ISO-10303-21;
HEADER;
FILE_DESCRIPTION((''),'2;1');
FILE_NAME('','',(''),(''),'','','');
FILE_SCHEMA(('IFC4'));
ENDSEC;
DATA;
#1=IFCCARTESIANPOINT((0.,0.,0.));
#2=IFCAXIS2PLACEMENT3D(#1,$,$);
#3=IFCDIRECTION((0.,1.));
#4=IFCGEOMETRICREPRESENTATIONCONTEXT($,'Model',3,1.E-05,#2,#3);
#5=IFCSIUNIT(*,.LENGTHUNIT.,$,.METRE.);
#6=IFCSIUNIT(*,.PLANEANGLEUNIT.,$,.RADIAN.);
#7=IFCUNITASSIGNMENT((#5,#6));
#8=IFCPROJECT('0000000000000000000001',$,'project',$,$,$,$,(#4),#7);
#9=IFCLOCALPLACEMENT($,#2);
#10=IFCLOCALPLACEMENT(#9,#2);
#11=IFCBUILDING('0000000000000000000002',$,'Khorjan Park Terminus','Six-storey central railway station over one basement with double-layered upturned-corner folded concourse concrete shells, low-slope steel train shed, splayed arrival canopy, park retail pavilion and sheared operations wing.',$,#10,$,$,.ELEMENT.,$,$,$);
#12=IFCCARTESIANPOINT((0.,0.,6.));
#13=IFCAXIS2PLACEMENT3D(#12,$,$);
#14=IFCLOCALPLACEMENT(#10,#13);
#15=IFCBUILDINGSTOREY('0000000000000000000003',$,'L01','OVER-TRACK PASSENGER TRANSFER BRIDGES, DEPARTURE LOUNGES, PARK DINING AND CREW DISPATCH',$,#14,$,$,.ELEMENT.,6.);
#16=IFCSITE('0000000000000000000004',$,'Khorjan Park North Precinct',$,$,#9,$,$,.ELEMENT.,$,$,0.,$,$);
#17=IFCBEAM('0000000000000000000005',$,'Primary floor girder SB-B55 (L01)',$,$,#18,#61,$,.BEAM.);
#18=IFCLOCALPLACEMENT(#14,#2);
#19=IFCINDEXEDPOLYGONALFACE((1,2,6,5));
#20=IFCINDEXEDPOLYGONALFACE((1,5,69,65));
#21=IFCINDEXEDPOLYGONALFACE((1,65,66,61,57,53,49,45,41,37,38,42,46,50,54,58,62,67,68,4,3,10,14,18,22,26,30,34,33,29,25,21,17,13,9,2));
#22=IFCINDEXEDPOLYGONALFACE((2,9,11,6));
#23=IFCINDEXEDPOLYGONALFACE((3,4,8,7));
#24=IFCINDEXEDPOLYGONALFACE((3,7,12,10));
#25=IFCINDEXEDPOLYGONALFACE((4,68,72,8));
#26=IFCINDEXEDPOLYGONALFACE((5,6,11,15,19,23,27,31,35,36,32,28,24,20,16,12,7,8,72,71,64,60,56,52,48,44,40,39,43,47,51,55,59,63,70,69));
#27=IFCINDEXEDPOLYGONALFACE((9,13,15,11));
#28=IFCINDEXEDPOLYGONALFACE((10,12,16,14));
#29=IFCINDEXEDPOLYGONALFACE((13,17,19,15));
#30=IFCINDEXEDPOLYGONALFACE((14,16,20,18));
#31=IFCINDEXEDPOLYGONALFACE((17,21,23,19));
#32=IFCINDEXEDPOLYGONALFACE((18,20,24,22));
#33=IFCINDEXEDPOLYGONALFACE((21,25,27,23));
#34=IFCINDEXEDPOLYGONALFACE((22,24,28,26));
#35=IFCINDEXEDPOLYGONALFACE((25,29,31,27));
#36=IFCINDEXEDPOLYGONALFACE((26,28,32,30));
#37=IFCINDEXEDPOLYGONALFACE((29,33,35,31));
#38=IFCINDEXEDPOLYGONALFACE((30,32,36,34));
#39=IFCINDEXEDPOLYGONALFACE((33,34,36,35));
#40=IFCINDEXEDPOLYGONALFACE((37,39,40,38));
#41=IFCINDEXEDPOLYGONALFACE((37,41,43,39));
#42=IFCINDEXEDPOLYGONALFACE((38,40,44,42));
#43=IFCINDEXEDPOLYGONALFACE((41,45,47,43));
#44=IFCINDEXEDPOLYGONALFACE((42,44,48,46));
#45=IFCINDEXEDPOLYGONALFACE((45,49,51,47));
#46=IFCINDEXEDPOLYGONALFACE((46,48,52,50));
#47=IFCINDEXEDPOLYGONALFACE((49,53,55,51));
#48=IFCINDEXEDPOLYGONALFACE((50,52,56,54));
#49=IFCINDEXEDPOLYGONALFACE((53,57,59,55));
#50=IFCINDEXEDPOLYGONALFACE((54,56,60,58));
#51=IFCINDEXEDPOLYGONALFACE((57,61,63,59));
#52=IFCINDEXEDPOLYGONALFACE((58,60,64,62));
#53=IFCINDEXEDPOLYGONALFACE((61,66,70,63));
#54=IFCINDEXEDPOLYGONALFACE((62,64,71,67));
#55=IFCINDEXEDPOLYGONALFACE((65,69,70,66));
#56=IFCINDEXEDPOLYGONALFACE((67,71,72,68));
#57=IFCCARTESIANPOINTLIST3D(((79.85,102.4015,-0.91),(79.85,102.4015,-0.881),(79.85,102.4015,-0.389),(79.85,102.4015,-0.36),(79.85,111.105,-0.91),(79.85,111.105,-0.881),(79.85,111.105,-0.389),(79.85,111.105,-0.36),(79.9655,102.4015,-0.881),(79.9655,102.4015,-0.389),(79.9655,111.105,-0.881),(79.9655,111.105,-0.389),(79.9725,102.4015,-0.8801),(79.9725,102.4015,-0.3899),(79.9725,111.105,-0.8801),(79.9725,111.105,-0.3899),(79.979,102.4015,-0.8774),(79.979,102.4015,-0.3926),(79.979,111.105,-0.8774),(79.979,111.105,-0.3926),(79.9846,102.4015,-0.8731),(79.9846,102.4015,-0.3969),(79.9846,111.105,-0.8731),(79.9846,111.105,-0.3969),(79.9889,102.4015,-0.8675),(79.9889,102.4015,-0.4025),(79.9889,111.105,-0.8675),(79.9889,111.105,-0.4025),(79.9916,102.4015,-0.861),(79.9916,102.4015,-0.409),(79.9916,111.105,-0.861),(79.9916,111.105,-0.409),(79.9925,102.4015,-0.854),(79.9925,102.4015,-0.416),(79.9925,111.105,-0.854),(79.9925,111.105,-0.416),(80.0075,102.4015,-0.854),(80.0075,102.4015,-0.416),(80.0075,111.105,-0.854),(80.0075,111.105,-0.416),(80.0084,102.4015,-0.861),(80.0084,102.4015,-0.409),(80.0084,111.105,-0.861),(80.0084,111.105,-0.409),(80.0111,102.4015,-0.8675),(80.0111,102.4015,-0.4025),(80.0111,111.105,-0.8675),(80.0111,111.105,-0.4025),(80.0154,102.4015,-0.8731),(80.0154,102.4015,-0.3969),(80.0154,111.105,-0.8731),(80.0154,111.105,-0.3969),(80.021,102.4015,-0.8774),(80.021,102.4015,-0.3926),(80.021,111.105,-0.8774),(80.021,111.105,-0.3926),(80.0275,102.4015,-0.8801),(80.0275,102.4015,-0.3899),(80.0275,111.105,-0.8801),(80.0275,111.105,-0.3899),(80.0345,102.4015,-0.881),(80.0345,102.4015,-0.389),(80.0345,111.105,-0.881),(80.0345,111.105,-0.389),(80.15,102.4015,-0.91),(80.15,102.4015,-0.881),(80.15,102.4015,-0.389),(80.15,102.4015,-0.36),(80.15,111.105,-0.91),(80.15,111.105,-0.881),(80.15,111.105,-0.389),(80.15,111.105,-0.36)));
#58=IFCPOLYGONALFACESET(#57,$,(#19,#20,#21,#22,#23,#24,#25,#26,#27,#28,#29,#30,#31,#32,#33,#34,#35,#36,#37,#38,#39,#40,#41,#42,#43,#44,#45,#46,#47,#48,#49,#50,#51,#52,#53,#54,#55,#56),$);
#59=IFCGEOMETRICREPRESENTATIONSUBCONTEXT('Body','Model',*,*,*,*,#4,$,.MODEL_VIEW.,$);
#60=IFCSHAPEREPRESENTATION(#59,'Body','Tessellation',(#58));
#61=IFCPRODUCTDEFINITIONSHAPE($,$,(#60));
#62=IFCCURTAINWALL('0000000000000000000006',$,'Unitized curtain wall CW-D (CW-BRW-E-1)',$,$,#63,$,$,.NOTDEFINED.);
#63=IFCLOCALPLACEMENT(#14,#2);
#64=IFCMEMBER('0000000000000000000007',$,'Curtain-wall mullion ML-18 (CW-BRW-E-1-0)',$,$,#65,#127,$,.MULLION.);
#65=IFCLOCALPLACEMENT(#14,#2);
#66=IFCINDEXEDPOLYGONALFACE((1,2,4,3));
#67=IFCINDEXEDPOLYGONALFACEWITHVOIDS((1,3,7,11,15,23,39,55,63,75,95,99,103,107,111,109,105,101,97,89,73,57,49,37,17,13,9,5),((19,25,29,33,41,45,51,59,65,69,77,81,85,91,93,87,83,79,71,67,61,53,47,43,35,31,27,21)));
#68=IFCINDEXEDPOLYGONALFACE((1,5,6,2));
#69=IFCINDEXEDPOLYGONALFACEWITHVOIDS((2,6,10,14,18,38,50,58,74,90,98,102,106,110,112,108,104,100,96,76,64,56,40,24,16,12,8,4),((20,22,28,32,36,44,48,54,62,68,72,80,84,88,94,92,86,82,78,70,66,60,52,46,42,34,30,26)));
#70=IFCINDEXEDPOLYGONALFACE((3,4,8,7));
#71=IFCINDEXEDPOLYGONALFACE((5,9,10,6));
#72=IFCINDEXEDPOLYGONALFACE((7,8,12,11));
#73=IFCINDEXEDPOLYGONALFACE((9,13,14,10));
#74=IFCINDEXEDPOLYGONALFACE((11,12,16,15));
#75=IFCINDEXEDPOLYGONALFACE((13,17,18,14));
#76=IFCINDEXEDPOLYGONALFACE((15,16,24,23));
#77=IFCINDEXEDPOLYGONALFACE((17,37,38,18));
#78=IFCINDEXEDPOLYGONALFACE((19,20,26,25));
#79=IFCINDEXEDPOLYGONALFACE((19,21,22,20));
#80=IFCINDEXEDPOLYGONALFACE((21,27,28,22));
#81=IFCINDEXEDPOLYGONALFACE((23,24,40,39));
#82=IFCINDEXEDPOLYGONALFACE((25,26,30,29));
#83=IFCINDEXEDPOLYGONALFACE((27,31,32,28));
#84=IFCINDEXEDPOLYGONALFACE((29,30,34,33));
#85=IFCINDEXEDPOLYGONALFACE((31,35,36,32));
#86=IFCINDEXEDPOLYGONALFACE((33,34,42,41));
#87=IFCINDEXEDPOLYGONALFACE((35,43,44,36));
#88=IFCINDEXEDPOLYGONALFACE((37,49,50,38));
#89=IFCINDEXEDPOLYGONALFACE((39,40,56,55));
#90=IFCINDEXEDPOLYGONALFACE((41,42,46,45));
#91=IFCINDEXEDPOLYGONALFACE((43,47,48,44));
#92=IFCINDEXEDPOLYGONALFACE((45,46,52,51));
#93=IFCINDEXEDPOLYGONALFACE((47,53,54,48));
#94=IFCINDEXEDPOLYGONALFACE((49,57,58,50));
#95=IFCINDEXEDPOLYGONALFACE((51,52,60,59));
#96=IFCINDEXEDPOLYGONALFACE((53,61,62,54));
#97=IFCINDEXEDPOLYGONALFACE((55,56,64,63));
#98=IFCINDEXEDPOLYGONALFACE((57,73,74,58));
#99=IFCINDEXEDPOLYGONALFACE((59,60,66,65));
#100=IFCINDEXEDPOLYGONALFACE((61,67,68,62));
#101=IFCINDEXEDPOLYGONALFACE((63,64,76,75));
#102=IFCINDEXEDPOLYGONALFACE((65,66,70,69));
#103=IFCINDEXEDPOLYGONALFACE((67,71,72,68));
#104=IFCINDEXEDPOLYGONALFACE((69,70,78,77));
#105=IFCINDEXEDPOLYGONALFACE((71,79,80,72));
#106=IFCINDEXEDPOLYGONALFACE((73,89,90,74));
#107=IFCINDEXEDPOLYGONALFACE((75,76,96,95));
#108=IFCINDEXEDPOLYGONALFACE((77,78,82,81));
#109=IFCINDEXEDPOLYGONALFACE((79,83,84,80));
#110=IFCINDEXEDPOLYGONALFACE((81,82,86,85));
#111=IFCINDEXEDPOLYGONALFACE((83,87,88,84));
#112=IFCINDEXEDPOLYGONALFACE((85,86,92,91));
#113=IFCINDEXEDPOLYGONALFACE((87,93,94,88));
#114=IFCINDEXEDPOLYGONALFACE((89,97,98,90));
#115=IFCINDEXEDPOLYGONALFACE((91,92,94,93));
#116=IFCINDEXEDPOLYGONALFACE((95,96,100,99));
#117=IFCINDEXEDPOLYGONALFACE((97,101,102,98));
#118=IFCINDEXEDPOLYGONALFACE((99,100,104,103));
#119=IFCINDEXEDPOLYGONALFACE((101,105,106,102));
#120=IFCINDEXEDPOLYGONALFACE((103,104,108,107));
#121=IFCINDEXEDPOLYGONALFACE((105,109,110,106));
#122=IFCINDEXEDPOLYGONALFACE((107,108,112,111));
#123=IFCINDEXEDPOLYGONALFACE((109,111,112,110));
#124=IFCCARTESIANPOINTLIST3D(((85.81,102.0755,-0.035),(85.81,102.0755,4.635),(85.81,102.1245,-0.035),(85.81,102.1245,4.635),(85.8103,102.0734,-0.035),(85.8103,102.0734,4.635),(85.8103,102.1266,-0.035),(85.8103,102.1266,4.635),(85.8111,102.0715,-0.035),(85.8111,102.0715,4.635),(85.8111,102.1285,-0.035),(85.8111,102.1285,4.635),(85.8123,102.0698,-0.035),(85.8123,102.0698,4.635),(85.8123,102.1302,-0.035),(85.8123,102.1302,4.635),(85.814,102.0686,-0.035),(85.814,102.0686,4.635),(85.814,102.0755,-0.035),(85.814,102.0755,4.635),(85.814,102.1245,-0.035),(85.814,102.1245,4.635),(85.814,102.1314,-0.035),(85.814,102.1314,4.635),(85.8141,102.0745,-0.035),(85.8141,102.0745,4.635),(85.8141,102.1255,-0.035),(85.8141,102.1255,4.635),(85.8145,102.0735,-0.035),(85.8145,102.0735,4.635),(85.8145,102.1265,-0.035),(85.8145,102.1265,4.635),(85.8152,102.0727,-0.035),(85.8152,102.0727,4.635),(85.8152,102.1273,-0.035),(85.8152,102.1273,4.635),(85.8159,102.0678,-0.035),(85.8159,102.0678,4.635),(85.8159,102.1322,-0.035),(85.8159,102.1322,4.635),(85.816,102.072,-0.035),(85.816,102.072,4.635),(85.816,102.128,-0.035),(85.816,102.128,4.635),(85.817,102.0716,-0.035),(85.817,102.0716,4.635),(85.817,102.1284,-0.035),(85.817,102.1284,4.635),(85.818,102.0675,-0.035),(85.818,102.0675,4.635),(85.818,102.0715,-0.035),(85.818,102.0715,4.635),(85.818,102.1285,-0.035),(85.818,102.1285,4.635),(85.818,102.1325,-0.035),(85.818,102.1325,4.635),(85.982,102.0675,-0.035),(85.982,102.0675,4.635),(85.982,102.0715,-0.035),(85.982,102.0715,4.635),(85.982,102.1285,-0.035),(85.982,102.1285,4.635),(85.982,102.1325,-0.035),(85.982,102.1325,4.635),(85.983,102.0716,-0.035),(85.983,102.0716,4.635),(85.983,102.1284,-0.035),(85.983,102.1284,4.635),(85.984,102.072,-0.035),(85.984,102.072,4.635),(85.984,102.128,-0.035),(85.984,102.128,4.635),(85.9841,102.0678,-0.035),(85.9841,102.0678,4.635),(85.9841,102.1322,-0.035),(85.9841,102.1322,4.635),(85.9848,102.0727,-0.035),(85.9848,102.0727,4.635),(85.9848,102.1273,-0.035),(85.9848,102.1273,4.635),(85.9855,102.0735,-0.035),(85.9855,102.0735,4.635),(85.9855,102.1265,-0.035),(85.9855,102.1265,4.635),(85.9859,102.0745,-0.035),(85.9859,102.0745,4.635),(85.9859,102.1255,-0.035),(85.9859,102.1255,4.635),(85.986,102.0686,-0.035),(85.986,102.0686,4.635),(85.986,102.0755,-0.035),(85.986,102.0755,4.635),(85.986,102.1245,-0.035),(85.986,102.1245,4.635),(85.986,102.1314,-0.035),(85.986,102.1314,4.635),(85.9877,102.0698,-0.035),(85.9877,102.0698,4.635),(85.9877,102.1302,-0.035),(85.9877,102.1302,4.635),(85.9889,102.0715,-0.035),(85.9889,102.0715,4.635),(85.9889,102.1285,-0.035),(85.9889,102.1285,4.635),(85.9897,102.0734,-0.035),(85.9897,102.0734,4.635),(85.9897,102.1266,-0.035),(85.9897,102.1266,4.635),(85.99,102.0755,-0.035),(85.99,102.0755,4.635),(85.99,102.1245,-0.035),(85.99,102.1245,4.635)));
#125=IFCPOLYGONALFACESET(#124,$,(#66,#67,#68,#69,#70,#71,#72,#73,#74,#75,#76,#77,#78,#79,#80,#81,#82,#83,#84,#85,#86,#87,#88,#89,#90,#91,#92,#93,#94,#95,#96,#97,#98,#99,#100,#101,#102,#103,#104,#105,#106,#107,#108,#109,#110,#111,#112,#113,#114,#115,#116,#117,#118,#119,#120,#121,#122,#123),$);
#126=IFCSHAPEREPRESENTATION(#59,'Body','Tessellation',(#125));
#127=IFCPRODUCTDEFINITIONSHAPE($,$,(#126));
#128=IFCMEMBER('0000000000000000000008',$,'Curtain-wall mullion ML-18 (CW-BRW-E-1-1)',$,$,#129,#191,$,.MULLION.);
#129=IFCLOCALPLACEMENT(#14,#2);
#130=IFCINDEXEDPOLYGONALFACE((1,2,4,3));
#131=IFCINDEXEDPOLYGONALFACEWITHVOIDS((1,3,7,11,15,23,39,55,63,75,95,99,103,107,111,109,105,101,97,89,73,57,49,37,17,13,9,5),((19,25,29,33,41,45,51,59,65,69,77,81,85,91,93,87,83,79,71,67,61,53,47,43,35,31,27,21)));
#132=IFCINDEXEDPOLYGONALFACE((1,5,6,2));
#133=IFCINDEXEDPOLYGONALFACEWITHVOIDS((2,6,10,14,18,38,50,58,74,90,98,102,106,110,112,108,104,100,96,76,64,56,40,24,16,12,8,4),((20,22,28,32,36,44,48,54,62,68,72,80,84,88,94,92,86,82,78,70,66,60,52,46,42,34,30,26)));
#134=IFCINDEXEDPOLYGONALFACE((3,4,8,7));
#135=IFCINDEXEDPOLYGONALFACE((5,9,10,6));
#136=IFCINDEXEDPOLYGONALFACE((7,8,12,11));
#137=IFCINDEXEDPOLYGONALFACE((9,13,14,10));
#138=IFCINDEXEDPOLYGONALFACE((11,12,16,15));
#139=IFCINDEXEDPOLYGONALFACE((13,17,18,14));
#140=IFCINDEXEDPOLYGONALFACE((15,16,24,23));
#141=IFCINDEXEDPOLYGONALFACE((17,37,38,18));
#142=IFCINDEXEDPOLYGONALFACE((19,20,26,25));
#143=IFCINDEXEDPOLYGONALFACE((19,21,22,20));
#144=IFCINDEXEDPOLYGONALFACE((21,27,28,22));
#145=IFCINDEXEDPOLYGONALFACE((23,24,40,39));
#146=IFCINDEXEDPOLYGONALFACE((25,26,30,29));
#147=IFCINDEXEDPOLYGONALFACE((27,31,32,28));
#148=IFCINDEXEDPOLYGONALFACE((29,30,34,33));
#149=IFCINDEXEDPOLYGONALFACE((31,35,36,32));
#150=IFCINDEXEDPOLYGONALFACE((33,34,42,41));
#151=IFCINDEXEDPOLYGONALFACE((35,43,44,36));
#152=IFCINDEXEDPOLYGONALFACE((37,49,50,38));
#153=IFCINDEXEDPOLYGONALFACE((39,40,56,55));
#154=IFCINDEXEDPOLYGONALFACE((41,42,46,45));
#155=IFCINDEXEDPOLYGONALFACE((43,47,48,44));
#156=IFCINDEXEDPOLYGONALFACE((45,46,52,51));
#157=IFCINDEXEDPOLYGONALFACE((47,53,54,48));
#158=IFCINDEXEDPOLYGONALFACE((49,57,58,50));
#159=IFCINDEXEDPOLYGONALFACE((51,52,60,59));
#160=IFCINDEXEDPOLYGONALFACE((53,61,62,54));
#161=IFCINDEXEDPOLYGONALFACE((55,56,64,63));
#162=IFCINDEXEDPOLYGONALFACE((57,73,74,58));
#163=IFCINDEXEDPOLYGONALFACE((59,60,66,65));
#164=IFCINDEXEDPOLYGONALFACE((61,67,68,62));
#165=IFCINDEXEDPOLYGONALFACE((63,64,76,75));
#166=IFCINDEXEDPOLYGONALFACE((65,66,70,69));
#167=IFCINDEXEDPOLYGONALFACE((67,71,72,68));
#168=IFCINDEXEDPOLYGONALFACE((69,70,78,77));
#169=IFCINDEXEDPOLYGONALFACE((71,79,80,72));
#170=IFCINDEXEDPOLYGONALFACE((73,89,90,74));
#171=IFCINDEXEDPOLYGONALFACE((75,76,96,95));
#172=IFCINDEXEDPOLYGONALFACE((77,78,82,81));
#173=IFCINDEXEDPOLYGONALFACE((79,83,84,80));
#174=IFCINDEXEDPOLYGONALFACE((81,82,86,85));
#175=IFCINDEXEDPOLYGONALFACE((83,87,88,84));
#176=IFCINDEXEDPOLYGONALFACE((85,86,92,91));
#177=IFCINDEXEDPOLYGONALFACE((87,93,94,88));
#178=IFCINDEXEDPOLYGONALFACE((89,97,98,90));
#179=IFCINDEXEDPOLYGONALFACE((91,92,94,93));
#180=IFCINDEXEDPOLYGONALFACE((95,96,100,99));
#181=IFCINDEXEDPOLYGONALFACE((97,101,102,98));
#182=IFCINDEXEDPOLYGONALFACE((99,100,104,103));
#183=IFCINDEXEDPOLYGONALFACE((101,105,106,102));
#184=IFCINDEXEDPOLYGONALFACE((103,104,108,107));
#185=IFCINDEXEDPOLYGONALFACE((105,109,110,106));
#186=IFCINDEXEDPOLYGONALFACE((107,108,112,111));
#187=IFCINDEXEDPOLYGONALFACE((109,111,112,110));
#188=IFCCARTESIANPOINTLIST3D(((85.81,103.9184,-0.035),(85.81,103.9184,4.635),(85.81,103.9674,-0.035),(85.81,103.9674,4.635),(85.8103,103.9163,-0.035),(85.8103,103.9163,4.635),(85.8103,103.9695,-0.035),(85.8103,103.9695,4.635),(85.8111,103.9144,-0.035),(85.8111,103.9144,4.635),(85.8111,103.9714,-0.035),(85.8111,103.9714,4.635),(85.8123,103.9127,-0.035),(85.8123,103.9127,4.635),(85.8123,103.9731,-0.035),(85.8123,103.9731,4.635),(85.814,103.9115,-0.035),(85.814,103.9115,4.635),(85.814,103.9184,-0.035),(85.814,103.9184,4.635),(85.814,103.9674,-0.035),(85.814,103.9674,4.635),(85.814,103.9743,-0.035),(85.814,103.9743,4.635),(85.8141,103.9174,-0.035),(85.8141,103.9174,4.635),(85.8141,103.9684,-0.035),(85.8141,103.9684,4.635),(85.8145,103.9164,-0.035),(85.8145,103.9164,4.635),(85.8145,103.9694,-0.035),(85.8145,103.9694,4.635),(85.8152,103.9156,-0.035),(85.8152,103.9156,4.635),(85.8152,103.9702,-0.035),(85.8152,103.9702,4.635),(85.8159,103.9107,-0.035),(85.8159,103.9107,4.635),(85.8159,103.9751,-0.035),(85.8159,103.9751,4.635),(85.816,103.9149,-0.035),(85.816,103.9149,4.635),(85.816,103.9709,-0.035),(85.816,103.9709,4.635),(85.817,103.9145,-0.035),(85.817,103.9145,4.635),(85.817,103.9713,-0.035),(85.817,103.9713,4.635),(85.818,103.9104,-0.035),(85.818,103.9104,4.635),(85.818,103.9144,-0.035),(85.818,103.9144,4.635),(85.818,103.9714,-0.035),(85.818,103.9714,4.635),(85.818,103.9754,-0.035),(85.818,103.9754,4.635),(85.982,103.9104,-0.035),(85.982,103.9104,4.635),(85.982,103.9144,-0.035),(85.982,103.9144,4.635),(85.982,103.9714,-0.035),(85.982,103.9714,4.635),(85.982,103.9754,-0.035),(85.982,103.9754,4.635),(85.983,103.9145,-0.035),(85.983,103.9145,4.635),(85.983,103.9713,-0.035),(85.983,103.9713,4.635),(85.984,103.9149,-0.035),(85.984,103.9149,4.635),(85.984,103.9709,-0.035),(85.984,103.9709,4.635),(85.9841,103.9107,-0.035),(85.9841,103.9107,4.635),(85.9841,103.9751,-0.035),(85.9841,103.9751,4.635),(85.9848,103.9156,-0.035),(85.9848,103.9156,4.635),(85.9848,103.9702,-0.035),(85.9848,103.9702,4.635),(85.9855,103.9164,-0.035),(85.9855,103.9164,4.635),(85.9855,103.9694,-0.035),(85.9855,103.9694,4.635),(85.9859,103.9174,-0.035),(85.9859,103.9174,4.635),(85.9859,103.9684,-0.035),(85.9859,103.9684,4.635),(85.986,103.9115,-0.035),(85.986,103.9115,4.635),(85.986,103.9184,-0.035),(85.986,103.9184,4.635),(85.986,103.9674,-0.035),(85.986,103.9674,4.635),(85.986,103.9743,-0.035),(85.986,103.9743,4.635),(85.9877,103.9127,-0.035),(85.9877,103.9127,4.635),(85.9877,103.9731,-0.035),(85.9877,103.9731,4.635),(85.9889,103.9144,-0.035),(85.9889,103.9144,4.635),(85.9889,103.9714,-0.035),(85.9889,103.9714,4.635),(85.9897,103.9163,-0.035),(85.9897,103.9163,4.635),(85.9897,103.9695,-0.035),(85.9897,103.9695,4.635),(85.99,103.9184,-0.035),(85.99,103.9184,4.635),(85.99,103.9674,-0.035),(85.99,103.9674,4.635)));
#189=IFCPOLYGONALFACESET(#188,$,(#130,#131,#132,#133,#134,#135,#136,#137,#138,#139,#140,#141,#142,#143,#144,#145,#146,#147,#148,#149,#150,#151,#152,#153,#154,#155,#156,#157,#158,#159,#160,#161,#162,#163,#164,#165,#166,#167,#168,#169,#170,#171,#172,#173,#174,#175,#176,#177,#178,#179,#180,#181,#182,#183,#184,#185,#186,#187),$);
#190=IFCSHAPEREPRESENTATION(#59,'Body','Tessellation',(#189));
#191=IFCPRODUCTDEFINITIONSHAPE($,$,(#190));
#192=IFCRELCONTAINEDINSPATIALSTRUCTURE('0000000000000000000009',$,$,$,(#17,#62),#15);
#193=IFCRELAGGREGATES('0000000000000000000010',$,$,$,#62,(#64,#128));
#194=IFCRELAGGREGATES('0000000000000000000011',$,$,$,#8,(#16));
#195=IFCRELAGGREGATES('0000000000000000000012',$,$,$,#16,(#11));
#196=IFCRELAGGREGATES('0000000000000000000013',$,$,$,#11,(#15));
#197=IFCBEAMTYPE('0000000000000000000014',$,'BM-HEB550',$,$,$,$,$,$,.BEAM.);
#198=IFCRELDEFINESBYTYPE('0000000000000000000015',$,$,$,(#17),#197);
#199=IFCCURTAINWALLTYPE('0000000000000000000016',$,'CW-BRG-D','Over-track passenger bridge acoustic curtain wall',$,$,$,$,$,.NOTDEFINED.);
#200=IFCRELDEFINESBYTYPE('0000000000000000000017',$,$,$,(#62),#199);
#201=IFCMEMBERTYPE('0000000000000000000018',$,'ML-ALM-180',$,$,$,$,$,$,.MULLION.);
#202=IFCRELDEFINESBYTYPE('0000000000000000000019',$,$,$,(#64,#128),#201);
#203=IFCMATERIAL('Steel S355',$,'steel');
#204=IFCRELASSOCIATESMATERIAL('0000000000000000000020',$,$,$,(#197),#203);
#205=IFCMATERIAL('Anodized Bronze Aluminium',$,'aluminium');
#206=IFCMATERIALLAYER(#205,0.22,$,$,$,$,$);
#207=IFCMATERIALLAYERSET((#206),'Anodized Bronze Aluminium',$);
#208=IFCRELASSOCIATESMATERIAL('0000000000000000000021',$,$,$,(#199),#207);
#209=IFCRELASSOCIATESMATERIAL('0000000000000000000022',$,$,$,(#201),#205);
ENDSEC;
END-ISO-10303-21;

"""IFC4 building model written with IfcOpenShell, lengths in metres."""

from ifc_helpers import new_model, si_unit, direction, frame, origin, origin_2d, place, context, subcontext, project, spatial, hollow_rectangle, i_section, extrude, material, layer, layer_set, material_profile, profile_set, type_object, element, aggregate, save


model = new_model("IFC4")

# Units and contexts
model_context = context("Model", 3, precision=1e-05, world=origin(), true_north=direction((0.0, 1.0)))
body_context = subcontext(model_context, "Body", "Model", "MODEL_VIEW")
ifc_project = project(units=[si_unit("LENGTHUNIT", "METRE"), si_unit("PLANEANGLEUNIT", "RADIAN")], contexts=[model_context])

# Site, building, storey
site_placement = place(None, origin())
site = spatial("IfcSite", under=ifc_project, at=site_placement, Name="Khorjan Park North Precinct", CompositionType="ELEMENT", RefElevation=0.0)
building_placement = place(site_placement, origin())
building = spatial("IfcBuilding", under=site, at=building_placement, Name="Khorjan Park Terminus", Description="Six-storey central railway station over one basement with double-layered upturned-corner folded concourse concrete shells, low-slope steel train shed, splayed arrival canopy, park retail pavilion and sheared operations wing.", CompositionType="ELEMENT")
storey_placement = place(building_placement, frame((0.0, 0.0, 6.0)))
storey = spatial("IfcBuildingStorey", under=building, at=storey_placement, Name="L01", Description="OVER-TRACK PASSENGER TRANSFER BRIDGES, DEPARTURE LOUNGES, PARK DINING AND CREW DISPATCH", CompositionType="ELEMENT", Elevation=6.0)

# Shared definitions
ifc_material_1 = material(Name="Steel S355", Category="steel")

# Beam
ifc_material_profile_1 = material_profile(ifc_material_1, i_section(OverallWidth=0.3, OverallDepth=0.55, WebThickness=0.015, FlangeThickness=0.029, FilletRadius=0.027, at=origin_2d()), Name="HEB 550")
ifc_profile_set_1 = profile_set([ifc_material_profile_1], Name="Steel S355")
beam_type_1 = type_object("IfcBeamType", Name="BM-HEB550", PredefinedType="BEAM", material=ifc_profile_set_1)
beam_1_placement = place(storey_placement, frame((80.0, 102.4015, -0.635), z_axis=(0.0, 1.0, 0.0), x_axis=(-1.0, 0.0, 0.0)))
element("IfcBeam", 1, at=beam_1_placement, inside=storey, type_object=beam_type_1, Name="Primary floor girder SB-B55 (L01)", PredefinedType="BEAM", context=body_context, shape_type="SweptSolid", body=[
    extrude(i_section(OverallWidth=0.3, OverallDepth=0.55, WebThickness=0.015, FlangeThickness=0.029, FilletRadius=0.027, at=origin_2d()), origin(), (0.0, 0.0, 1.0), 8.7035),
])

# Curtain wall, members
ifc_material_2 = material(Name="Anodized Bronze Aluminium", Category="aluminium")
ifc_layer_1 = layer(ifc_material_2, 0.22)
ifc_layer_set_1 = layer_set([ifc_layer_1], Name="Anodized Bronze Aluminium")
curtain_wall_type = type_object("IfcCurtainWallType", Name="CW-BRG-D", Description="Over-track passenger bridge acoustic curtain wall", PredefinedType="NOTDEFINED", material=ifc_layer_set_1)
curtain_wall_1_placement = place(storey_placement, origin())
curtain_wall_1 = element("IfcCurtainWall", 2, at=curtain_wall_1_placement, inside=storey, type_object=curtain_wall_type, Name="Unitized curtain wall CW-D (CW-BRW-E-1)", PredefinedType="NOTDEFINED")
ifc_material_profile_2 = material_profile(ifc_material_2, hollow_rectangle(XDim=0.065, YDim=0.18, WallThickness=0.004, InnerFilletRadius=0.004, OuterFilletRadius=0.008, at=origin_2d()), Name="ALM 65x180x4")
ifc_profile_set_2 = profile_set([ifc_material_profile_2], Name="Anodized Bronze Aluminium")
member_type_1 = type_object("IfcMemberType", Name="ML-ALM-180", PredefinedType="MULLION", material=ifc_profile_set_2)
member_1_placement = place(storey_placement, frame((85.9, 102.1, -0.035), z_axis=(0.0, 0.0, 1.0), x_axis=(0.0, 1.0, 0.0)))
member_1 = element("IfcMember", 3, at=member_1_placement, type_object=member_type_1, Name="Curtain-wall mullion ML-18 (CW-BRW-E-1-0)", PredefinedType="MULLION", context=body_context, shape_type="SweptSolid", body=[
    extrude(hollow_rectangle(XDim=0.065, YDim=0.18, WallThickness=0.004, InnerFilletRadius=0.004, OuterFilletRadius=0.008, at=origin_2d()), origin(), (0.0, 0.0, 1.0), 4.67),
])
member_2_placement = place(storey_placement, frame((85.9, 103.9429, -0.035), z_axis=(0.0, 0.0, 1.0), x_axis=(0.0, 1.0, 0.0)))
member_2 = element("IfcMember", 4, at=member_2_placement, type_object=member_type_1, Name="Curtain-wall mullion ML-18 (CW-BRW-E-1-1)", PredefinedType="MULLION", context=body_context, shape_type="SweptSolid", body=[
    extrude(hollow_rectangle(XDim=0.065, YDim=0.18, WallThickness=0.004, InnerFilletRadius=0.004, OuterFilletRadius=0.008, at=origin_2d()), origin(), (0.0, 0.0, 1.0), 4.67),
])

aggregate(curtain_wall_1, [member_1, member_2])

save(model, "model.ifc")
